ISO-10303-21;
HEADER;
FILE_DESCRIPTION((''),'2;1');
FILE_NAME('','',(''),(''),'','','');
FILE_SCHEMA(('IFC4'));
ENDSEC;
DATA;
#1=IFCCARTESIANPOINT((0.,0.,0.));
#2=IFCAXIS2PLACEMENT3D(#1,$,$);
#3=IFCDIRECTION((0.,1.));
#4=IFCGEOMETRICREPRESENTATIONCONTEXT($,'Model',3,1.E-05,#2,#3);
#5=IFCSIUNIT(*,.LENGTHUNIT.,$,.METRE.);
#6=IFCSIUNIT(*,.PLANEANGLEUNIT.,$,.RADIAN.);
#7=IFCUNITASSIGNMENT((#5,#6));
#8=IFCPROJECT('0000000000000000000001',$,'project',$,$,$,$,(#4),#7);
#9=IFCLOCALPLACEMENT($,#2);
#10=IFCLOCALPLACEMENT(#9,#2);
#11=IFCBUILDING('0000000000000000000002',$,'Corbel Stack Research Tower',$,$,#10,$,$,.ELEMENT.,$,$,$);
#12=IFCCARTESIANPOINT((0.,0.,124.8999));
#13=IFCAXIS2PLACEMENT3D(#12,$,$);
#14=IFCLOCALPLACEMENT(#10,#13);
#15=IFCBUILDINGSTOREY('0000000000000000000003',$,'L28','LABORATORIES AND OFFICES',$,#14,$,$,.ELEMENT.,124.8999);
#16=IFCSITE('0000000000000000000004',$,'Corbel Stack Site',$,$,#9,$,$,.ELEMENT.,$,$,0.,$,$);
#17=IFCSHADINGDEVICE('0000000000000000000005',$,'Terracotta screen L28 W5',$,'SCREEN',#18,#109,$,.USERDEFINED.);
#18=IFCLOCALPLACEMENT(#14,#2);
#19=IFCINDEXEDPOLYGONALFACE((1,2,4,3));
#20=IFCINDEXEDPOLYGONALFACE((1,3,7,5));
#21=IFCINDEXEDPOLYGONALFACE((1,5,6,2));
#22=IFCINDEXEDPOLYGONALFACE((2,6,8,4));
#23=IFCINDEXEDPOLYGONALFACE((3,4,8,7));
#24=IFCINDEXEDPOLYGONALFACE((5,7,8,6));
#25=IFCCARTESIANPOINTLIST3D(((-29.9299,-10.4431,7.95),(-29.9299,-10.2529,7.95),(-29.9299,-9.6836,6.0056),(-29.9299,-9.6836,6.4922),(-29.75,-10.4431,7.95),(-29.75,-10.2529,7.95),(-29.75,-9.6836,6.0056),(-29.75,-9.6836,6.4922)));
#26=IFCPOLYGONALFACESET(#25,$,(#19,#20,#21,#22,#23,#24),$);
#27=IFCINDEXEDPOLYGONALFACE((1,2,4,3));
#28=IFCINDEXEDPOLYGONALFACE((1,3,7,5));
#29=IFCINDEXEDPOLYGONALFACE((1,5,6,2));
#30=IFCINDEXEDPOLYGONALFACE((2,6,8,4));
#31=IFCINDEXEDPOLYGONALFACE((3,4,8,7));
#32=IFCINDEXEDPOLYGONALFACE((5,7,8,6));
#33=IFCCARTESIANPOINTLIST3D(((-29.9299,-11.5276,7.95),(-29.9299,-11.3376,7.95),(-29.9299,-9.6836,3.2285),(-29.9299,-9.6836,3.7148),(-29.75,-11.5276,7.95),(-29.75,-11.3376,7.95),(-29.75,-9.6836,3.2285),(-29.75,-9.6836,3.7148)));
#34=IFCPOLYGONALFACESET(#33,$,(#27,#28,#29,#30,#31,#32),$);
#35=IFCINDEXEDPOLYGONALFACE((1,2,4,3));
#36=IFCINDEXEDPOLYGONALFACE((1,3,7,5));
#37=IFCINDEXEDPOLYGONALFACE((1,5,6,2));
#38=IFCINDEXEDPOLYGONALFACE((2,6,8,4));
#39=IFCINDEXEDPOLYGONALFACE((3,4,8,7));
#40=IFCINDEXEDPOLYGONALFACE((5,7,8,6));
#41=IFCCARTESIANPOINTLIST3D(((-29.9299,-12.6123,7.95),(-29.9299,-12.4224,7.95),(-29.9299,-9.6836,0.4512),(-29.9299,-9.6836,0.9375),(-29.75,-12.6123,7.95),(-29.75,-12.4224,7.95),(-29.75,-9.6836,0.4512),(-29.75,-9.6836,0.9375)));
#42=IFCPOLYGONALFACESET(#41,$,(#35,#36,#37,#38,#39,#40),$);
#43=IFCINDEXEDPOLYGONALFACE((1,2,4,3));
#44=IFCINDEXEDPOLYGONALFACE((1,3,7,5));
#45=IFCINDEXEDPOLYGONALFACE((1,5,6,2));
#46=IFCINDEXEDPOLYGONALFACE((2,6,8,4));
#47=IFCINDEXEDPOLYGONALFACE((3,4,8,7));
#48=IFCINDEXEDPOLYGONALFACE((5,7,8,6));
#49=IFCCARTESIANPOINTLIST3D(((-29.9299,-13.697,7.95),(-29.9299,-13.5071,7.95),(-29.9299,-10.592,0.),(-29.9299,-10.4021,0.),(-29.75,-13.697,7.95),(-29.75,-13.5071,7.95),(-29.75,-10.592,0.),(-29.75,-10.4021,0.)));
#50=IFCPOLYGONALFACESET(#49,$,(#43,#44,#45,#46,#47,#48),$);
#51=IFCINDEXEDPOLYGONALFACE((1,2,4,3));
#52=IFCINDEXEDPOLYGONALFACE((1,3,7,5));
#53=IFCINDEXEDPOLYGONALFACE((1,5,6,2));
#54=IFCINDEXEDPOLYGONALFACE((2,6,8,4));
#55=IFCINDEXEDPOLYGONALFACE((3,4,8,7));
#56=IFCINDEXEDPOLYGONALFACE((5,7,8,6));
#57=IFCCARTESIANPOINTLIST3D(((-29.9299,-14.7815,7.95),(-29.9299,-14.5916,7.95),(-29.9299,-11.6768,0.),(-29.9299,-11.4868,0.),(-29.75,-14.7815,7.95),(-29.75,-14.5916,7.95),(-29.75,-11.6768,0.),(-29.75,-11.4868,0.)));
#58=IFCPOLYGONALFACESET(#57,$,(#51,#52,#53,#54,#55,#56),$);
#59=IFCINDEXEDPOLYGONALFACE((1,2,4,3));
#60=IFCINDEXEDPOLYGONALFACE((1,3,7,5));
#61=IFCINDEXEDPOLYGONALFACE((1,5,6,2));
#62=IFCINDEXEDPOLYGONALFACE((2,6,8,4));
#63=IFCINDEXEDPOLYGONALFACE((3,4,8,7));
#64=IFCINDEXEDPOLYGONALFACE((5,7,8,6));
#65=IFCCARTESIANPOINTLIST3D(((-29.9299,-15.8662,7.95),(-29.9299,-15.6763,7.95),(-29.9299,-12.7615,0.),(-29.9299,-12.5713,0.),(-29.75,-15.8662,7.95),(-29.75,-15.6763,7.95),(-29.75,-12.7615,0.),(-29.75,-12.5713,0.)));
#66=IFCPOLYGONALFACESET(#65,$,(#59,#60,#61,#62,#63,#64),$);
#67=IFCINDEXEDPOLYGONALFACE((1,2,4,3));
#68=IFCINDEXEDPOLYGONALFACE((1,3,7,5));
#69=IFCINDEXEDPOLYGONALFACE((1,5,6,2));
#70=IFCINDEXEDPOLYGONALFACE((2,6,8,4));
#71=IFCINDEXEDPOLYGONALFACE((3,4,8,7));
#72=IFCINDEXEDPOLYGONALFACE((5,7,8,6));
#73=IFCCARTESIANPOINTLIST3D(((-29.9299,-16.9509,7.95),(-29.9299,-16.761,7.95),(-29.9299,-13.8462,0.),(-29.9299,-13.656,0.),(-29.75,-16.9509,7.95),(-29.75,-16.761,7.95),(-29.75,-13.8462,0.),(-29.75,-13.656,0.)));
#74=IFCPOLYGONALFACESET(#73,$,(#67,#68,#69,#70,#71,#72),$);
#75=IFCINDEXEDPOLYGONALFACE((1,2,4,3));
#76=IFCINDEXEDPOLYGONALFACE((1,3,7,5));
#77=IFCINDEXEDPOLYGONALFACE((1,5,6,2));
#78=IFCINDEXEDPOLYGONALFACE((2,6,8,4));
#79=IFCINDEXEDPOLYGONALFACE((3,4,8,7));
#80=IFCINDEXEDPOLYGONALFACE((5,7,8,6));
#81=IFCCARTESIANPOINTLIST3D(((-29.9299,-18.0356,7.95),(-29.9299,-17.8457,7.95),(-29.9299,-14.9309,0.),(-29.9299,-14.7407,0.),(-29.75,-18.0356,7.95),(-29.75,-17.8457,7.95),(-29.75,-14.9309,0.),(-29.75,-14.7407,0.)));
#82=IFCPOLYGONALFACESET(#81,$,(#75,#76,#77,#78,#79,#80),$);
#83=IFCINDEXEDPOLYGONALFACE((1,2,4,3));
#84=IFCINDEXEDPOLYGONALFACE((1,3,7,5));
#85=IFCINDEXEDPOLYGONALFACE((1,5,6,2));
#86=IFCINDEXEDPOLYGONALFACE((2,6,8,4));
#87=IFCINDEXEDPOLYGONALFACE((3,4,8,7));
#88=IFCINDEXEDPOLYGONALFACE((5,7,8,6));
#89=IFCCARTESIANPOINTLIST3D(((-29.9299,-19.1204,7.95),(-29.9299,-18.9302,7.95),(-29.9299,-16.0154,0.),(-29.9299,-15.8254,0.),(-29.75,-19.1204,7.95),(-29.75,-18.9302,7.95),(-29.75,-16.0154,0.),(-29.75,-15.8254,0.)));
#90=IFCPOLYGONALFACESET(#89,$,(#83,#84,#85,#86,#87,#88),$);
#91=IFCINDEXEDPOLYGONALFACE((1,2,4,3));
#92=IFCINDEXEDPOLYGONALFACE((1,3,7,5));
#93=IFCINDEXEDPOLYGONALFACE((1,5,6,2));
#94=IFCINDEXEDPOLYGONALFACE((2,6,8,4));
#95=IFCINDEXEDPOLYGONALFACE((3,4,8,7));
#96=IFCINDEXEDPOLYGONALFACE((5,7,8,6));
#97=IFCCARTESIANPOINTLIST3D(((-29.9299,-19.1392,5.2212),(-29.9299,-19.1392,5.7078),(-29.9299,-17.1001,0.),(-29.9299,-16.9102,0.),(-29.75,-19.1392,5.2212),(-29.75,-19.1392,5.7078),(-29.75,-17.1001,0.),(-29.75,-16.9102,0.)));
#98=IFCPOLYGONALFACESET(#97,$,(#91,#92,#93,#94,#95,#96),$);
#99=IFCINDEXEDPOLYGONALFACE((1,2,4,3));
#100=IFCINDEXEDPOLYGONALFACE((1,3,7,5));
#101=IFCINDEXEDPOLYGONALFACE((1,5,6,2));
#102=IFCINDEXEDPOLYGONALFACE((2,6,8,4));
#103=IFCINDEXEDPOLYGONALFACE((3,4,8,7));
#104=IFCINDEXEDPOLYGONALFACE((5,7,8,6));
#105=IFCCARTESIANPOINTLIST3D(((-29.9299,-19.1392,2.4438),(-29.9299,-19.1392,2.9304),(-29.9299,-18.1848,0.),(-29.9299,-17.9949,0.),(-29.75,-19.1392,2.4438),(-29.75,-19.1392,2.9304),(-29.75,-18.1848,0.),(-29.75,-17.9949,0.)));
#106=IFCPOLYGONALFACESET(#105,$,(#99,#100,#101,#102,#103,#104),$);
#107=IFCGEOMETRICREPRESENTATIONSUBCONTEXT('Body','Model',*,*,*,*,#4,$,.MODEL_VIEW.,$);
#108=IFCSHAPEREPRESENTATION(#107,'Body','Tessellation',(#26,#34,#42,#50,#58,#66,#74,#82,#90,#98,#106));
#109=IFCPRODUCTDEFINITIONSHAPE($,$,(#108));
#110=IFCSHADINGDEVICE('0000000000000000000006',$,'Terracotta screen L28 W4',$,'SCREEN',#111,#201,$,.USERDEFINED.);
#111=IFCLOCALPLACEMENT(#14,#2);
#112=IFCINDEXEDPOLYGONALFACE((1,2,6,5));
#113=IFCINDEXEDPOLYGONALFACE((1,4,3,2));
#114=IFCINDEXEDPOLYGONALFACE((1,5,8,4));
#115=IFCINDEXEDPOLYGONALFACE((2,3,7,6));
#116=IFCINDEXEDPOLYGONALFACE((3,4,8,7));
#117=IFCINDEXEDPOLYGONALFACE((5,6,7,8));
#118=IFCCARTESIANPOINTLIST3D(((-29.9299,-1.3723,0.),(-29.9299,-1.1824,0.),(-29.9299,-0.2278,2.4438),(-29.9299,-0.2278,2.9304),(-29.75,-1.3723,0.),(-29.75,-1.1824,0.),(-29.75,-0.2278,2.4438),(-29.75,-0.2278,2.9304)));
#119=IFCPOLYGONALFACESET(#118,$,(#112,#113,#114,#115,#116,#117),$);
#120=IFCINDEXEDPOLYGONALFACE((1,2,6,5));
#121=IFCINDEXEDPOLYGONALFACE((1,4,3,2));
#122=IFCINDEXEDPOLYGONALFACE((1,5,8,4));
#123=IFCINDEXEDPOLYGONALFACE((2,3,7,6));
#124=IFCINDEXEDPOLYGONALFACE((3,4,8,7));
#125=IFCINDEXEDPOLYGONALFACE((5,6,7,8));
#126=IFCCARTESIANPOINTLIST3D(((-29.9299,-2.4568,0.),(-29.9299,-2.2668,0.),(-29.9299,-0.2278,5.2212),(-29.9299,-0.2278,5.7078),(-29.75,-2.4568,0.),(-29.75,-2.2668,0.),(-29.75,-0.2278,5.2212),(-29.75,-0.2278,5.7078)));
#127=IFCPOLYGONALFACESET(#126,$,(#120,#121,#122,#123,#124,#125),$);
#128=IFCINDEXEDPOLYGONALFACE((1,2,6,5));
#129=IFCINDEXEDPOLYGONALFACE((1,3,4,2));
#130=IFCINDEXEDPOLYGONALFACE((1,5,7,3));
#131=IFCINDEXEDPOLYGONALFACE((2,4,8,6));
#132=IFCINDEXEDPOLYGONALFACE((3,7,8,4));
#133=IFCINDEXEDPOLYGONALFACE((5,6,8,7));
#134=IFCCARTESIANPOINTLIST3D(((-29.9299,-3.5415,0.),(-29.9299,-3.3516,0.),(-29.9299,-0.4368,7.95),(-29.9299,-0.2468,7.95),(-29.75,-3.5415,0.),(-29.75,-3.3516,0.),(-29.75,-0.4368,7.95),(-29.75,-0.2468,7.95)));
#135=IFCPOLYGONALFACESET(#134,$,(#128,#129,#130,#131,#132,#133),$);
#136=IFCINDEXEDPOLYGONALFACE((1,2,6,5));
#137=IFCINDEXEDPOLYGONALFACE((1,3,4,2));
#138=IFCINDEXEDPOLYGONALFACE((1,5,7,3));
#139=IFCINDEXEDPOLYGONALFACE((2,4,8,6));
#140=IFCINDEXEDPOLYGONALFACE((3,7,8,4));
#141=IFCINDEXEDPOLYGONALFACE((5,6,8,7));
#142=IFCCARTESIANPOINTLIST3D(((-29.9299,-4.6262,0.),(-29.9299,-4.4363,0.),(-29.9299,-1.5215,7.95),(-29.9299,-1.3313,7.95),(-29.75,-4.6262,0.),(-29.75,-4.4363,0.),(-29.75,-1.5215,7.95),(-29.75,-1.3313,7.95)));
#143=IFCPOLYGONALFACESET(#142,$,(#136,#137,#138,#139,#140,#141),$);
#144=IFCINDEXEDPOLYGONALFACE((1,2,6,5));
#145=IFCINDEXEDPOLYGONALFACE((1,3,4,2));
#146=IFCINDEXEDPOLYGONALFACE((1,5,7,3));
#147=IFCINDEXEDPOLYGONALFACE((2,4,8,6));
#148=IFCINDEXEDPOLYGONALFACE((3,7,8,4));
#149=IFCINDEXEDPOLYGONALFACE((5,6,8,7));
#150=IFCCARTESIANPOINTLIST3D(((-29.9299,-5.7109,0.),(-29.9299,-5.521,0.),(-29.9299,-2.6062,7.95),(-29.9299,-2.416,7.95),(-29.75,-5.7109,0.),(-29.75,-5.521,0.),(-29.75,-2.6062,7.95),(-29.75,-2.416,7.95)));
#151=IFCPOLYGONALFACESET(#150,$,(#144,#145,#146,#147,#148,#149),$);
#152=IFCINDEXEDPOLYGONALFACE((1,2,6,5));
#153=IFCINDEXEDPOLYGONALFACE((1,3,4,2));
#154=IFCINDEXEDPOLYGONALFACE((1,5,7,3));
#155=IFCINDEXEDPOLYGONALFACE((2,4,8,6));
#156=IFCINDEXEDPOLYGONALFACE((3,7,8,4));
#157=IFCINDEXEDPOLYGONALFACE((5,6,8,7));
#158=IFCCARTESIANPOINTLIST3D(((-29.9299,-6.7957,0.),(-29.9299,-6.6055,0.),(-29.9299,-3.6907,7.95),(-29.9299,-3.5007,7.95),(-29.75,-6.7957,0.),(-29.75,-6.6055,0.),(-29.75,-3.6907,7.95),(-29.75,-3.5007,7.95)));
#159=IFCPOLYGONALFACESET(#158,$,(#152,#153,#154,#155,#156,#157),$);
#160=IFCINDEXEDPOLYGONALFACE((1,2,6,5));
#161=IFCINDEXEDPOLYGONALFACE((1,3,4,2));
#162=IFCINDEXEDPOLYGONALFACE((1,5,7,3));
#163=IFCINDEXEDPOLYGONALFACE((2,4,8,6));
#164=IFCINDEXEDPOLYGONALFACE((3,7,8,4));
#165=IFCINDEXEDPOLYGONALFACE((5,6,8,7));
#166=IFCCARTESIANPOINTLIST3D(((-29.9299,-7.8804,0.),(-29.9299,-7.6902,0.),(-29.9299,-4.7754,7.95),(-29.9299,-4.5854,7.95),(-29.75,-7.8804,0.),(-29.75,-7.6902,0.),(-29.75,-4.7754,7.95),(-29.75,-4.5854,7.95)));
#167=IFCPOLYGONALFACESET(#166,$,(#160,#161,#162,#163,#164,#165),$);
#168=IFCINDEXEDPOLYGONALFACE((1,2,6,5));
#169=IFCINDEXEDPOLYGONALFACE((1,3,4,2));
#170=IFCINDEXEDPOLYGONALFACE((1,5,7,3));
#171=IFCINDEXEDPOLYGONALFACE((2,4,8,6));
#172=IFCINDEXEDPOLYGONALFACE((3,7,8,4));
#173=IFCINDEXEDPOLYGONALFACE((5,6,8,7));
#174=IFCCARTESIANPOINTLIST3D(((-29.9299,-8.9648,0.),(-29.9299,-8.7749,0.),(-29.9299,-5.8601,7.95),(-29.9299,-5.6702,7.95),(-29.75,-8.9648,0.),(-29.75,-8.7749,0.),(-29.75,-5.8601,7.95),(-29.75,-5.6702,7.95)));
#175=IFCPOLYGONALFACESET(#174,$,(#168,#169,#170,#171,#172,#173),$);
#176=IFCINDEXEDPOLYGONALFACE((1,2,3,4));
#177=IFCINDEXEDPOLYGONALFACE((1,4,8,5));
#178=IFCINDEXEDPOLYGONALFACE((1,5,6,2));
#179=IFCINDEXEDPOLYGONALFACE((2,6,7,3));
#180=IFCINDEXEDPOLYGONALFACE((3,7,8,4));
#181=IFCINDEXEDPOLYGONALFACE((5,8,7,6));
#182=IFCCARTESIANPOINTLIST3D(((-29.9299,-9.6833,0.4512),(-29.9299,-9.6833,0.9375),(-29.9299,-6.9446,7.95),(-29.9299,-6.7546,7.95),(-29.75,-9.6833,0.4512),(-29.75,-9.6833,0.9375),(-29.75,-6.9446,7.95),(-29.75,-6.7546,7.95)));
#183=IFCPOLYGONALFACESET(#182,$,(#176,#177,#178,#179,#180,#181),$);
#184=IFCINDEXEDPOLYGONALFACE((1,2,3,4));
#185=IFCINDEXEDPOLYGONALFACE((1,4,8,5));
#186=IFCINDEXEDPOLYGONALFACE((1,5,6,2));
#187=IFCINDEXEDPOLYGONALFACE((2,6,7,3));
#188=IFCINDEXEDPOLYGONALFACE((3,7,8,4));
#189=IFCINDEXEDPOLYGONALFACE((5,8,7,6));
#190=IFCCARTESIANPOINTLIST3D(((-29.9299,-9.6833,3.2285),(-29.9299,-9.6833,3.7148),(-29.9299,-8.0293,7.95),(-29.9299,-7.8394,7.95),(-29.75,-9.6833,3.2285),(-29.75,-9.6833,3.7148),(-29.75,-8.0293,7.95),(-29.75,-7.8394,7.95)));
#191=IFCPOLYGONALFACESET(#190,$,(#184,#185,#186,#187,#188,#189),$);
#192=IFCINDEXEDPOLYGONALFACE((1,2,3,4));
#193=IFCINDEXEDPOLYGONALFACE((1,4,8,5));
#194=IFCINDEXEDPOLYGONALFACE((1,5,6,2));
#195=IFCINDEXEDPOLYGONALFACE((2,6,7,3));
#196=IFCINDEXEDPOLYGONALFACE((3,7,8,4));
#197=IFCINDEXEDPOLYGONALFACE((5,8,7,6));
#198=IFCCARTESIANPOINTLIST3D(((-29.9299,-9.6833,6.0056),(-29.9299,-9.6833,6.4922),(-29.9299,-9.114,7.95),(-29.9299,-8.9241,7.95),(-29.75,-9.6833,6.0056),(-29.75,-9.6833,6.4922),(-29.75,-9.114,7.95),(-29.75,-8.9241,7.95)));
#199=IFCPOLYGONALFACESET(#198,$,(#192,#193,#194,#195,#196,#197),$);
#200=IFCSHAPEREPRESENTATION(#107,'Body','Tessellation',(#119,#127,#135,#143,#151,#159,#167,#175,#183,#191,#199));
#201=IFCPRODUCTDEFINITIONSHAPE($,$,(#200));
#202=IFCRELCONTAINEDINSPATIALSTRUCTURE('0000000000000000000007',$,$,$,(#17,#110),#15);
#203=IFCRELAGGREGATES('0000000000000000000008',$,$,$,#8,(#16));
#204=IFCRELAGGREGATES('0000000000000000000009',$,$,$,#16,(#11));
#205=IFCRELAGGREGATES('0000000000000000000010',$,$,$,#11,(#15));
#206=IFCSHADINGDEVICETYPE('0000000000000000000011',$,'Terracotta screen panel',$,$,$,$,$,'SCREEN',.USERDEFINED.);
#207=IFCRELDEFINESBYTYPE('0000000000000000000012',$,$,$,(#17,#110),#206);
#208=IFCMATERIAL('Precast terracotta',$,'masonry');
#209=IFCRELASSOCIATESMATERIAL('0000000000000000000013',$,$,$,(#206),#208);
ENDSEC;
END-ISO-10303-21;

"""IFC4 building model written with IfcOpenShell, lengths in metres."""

from ifc_helpers import new_model, si_unit, direction, frame, origin, place, context, subcontext, project, spatial, polyline, outline, extrude, source, transform, mapped, material, type_object, element, save


model = new_model("IFC4")

# Units and contexts
model_context = context("Model", 3, precision=1e-05, world=origin(), true_north=direction((0.0, 1.0)))
body_context = subcontext(model_context, "Body", "Model", "MODEL_VIEW")
ifc_project = project(units=[si_unit("LENGTHUNIT", "METRE"), si_unit("PLANEANGLEUNIT", "RADIAN")], contexts=[model_context])

# Site, building, storey
site_placement = place(None, origin())
site = spatial("IfcSite", under=ifc_project, at=site_placement, Name="Corbel Stack Site", CompositionType="ELEMENT", RefElevation=0.0)
building_placement = place(site_placement, origin())
building = spatial("IfcBuilding", under=site, at=building_placement, Name="Corbel Stack Research Tower", CompositionType="ELEMENT")
storey_placement = place(building_placement, frame((0.0, 0.0, 124.8999)))
storey = spatial("IfcBuildingStorey", under=building, at=storey_placement, Name="L28", Description="LABORATORIES AND OFFICES", CompositionType="ELEMENT", Elevation=124.8999)

# Shading devices
ifc_material_1 = material(Name="Precast terracotta", Category="masonry")
shading_device_type = type_object("IfcShadingDeviceType", Name="Terracotta screen panel", ElementType="SCREEN", PredefinedType="USERDEFINED", material=ifc_material_1)
shared_shape_1 = source(origin(), body_context, "Body", "SweptSolid", [
    extrude(outline(polyline([(0.7595, 7.95), (0.5693, 7.95), (0.0, 6.4922), (0.0, 6.0056), (0.7595, 7.95)])), frame((0.0, 0.0, 0.0), z_axis=(0.0, -1.0, 0.0), x_axis=(1.0, 0.0, 0.0)), (0.0, 0.0, 1.0), 0.1799),
    extrude(outline(polyline([(1.844, 7.95), (1.6541, 7.95), (0.0, 3.7148), (0.0, 3.2285), (1.844, 7.95)])), frame((0.0, 0.0, 0.0), z_axis=(0.0, -1.0, 0.0), x_axis=(1.0, 0.0, 0.0)), (0.0, 0.0, 1.0), 0.1799),
    extrude(outline(polyline([(2.9287, 7.95), (2.7388, 7.95), (0.0, 0.9375), (0.0, 0.4512), (2.9287, 7.95)])), frame((0.0, 0.0, 0.0), z_axis=(0.0, -1.0, 0.0), x_axis=(1.0, 0.0, 0.0)), (0.0, 0.0, 1.0), 0.1799),
    extrude(outline(polyline([(0.9084, 0.0), (4.0134, 7.95), (3.8235, 7.95), (0.7185, 0.0), (0.9084, 0.0)])), frame((0.0, 0.0, 0.0), z_axis=(0.0, -1.0, 0.0), x_axis=(1.0, 0.0, 0.0)), (0.0, 0.0, 1.0), 0.1799),
    extrude(outline(polyline([(1.9932, 0.0), (5.0979, 7.95), (4.908, 7.95), (1.8032, 0.0), (1.9932, 0.0)])), frame((0.0, 0.0, 0.0), z_axis=(0.0, -1.0, 0.0), x_axis=(1.0, 0.0, 0.0)), (0.0, 0.0, 1.0), 0.1799),
    extrude(outline(polyline([(3.0779, 0.0), (6.1826, 7.95), (5.9927, 7.95), (2.8877, 0.0), (3.0779, 0.0)])), frame((0.0, 0.0, 0.0), z_axis=(0.0, -1.0, 0.0), x_axis=(1.0, 0.0, 0.0)), (0.0, 0.0, 1.0), 0.1799),
    extrude(outline(polyline([(4.1626, 0.0), (7.2673, 7.95), (7.0774, 7.95), (3.9724, 0.0), (4.1626, 0.0)])), frame((0.0, 0.0, 0.0), z_axis=(0.0, -1.0, 0.0), x_axis=(1.0, 0.0, 0.0)), (0.0, 0.0, 1.0), 0.1799),
    extrude(outline(polyline([(5.2473, 0.0), (8.3521, 7.95), (8.1621, 7.95), (5.0571, 0.0), (5.2473, 0.0)])), frame((0.0, 0.0, 0.0), z_axis=(0.0, -1.0, 0.0), x_axis=(1.0, 0.0, 0.0)), (0.0, 0.0, 1.0), 0.1799),
    extrude(outline(polyline([(6.3318, 0.0), (9.4368, 7.95), (9.2466, 7.95), (6.1418, 0.0), (6.3318, 0.0)])), frame((0.0, 0.0, 0.0), z_axis=(0.0, -1.0, 0.0), x_axis=(1.0, 0.0, 0.0)), (0.0, 0.0, 1.0), 0.1799),
    extrude(outline(polyline([(7.4165, 0.0), (9.4556, 5.2212), (9.4556, 5.7078), (7.2266, 0.0), (7.4165, 0.0)])), frame((0.0, 0.0, 0.0), z_axis=(0.0, -1.0, 0.0), x_axis=(1.0, 0.0, 0.0)), (0.0, 0.0, 1.0), 0.1799),
    extrude(outline(polyline([(8.5012, 0.0), (9.4556, 2.4438), (9.4556, 2.9304), (8.3113, 0.0), (8.5012, 0.0)])), frame((0.0, 0.0, 0.0), z_axis=(0.0, -1.0, 0.0), x_axis=(1.0, 0.0, 0.0)), (0.0, 0.0, 1.0), 0.1799),
])
shading_device_1_placement = place(storey_placement, frame((-29.75, -9.6836, 0.0), z_axis=(0.0, 0.0, 1.0), x_axis=(0.0, -1.0, 0.0)))
element("IfcShadingDevice", 1, at=shading_device_1_placement, inside=storey, type_object=shading_device_type, Name="Terracotta screen L28 W5", ObjectType="SCREEN", PredefinedType="USERDEFINED", context=body_context, shape_type="MappedRepresentation", body=[
    mapped(shared_shape_1, transform((0.0, 0.0, 0.0))),
])
shared_shape_2 = source(origin(), body_context, "Body", "SweptSolid", [
    extrude(outline(polyline([(1.1445, 0.0), (0.0, 2.9304), (0.0, 2.4438), (0.9546, 0.0), (1.1445, 0.0)])), frame((0.0, 0.0, 0.0), z_axis=(0.0, -1.0, 0.0), x_axis=(1.0, 0.0, 0.0)), (0.0, 0.0, 1.0), 0.1799),
    extrude(outline(polyline([(2.229, 0.0), (0.0, 5.7078), (0.0, 5.2212), (2.0391, 0.0), (2.229, 0.0)])), frame((0.0, 0.0, 0.0), z_axis=(0.0, -1.0, 0.0), x_axis=(1.0, 0.0, 0.0)), (0.0, 0.0, 1.0), 0.1799),
    extrude(outline(polyline([(3.3137, 0.0), (0.209, 7.95), (0.019, 7.95), (3.1238, 0.0), (3.3137, 0.0)])), frame((0.0, 0.0, 0.0), z_axis=(0.0, -1.0, 0.0), x_axis=(1.0, 0.0, 0.0)), (0.0, 0.0, 1.0), 0.1799),
    extrude(outline(polyline([(4.3984, 0.0), (1.2937, 7.95), (1.1035, 7.95), (4.2085, 0.0), (4.3984, 0.0)])), frame((0.0, 0.0, 0.0), z_axis=(0.0, -1.0, 0.0), x_axis=(1.0, 0.0, 0.0)), (0.0, 0.0, 1.0), 0.1799),
    extrude(outline(polyline([(5.4832, 0.0), (2.3784, 7.95), (2.1882, 7.95), (5.2932, 0.0), (5.4832, 0.0)])), frame((0.0, 0.0, 0.0), z_axis=(0.0, -1.0, 0.0), x_axis=(1.0, 0.0, 0.0)), (0.0, 0.0, 1.0), 0.1799),
    extrude(outline(polyline([(6.5679, 0.0), (3.4629, 7.95), (3.2729, 7.95), (6.3777, 0.0), (6.5679, 0.0)])), frame((0.0, 0.0, 0.0), z_axis=(0.0, -1.0, 0.0), x_axis=(1.0, 0.0, 0.0)), (0.0, 0.0, 1.0), 0.1799),
    extrude(outline(polyline([(7.6526, 0.0), (4.5476, 7.95), (4.3577, 7.95), (7.4624, 0.0), (7.6526, 0.0)])), frame((0.0, 0.0, 0.0), z_axis=(0.0, -1.0, 0.0), x_axis=(1.0, 0.0, 0.0)), (0.0, 0.0, 1.0), 0.1799),
    extrude(outline(polyline([(8.7371, 0.0), (5.6323, 7.95), (5.4424, 7.95), (8.5471, 0.0), (8.7371, 0.0)])), frame((0.0, 0.0, 0.0), z_axis=(0.0, -1.0, 0.0), x_axis=(1.0, 0.0, 0.0)), (0.0, 0.0, 1.0), 0.1799),
    extrude(outline(polyline([(6.7168, 7.95), (6.5269, 7.95), (9.4556, 0.4512), (9.4556, 0.9375), (6.7168, 7.95)])), frame((0.0, 0.0, 0.0), z_axis=(0.0, -1.0, 0.0), x_axis=(1.0, 0.0, 0.0)), (0.0, 0.0, 1.0), 0.1799),
    extrude(outline(polyline([(7.8015, 7.95), (7.6116, 7.95), (9.4556, 3.2285), (9.4556, 3.7148), (7.8015, 7.95)])), frame((0.0, 0.0, 0.0), z_axis=(0.0, -1.0, 0.0), x_axis=(1.0, 0.0, 0.0)), (0.0, 0.0, 1.0), 0.1799),
    extrude(outline(polyline([(8.8862, 7.95), (8.6963, 7.95), (9.4556, 6.0056), (9.4556, 6.4922), (8.8862, 7.95)])), frame((0.0, 0.0, 0.0), z_axis=(0.0, -1.0, 0.0), x_axis=(1.0, 0.0, 0.0)), (0.0, 0.0, 1.0), 0.1799),
])
shading_device_2_placement = place(storey_placement, frame((-29.75, -0.2278, 0.0), z_axis=(0.0, 0.0, 1.0), x_axis=(0.0, -1.0, 0.0)))
element("IfcShadingDevice", 2, at=shading_device_2_placement, inside=storey, type_object=shading_device_type, Name="Terracotta screen L28 W4", ObjectType="SCREEN", PredefinedType="USERDEFINED", context=body_context, shape_type="MappedRepresentation", body=[
    mapped(shared_shape_2, transform((0.0, 0.0, 0.0))),
])

save(model, "model.ifc")
